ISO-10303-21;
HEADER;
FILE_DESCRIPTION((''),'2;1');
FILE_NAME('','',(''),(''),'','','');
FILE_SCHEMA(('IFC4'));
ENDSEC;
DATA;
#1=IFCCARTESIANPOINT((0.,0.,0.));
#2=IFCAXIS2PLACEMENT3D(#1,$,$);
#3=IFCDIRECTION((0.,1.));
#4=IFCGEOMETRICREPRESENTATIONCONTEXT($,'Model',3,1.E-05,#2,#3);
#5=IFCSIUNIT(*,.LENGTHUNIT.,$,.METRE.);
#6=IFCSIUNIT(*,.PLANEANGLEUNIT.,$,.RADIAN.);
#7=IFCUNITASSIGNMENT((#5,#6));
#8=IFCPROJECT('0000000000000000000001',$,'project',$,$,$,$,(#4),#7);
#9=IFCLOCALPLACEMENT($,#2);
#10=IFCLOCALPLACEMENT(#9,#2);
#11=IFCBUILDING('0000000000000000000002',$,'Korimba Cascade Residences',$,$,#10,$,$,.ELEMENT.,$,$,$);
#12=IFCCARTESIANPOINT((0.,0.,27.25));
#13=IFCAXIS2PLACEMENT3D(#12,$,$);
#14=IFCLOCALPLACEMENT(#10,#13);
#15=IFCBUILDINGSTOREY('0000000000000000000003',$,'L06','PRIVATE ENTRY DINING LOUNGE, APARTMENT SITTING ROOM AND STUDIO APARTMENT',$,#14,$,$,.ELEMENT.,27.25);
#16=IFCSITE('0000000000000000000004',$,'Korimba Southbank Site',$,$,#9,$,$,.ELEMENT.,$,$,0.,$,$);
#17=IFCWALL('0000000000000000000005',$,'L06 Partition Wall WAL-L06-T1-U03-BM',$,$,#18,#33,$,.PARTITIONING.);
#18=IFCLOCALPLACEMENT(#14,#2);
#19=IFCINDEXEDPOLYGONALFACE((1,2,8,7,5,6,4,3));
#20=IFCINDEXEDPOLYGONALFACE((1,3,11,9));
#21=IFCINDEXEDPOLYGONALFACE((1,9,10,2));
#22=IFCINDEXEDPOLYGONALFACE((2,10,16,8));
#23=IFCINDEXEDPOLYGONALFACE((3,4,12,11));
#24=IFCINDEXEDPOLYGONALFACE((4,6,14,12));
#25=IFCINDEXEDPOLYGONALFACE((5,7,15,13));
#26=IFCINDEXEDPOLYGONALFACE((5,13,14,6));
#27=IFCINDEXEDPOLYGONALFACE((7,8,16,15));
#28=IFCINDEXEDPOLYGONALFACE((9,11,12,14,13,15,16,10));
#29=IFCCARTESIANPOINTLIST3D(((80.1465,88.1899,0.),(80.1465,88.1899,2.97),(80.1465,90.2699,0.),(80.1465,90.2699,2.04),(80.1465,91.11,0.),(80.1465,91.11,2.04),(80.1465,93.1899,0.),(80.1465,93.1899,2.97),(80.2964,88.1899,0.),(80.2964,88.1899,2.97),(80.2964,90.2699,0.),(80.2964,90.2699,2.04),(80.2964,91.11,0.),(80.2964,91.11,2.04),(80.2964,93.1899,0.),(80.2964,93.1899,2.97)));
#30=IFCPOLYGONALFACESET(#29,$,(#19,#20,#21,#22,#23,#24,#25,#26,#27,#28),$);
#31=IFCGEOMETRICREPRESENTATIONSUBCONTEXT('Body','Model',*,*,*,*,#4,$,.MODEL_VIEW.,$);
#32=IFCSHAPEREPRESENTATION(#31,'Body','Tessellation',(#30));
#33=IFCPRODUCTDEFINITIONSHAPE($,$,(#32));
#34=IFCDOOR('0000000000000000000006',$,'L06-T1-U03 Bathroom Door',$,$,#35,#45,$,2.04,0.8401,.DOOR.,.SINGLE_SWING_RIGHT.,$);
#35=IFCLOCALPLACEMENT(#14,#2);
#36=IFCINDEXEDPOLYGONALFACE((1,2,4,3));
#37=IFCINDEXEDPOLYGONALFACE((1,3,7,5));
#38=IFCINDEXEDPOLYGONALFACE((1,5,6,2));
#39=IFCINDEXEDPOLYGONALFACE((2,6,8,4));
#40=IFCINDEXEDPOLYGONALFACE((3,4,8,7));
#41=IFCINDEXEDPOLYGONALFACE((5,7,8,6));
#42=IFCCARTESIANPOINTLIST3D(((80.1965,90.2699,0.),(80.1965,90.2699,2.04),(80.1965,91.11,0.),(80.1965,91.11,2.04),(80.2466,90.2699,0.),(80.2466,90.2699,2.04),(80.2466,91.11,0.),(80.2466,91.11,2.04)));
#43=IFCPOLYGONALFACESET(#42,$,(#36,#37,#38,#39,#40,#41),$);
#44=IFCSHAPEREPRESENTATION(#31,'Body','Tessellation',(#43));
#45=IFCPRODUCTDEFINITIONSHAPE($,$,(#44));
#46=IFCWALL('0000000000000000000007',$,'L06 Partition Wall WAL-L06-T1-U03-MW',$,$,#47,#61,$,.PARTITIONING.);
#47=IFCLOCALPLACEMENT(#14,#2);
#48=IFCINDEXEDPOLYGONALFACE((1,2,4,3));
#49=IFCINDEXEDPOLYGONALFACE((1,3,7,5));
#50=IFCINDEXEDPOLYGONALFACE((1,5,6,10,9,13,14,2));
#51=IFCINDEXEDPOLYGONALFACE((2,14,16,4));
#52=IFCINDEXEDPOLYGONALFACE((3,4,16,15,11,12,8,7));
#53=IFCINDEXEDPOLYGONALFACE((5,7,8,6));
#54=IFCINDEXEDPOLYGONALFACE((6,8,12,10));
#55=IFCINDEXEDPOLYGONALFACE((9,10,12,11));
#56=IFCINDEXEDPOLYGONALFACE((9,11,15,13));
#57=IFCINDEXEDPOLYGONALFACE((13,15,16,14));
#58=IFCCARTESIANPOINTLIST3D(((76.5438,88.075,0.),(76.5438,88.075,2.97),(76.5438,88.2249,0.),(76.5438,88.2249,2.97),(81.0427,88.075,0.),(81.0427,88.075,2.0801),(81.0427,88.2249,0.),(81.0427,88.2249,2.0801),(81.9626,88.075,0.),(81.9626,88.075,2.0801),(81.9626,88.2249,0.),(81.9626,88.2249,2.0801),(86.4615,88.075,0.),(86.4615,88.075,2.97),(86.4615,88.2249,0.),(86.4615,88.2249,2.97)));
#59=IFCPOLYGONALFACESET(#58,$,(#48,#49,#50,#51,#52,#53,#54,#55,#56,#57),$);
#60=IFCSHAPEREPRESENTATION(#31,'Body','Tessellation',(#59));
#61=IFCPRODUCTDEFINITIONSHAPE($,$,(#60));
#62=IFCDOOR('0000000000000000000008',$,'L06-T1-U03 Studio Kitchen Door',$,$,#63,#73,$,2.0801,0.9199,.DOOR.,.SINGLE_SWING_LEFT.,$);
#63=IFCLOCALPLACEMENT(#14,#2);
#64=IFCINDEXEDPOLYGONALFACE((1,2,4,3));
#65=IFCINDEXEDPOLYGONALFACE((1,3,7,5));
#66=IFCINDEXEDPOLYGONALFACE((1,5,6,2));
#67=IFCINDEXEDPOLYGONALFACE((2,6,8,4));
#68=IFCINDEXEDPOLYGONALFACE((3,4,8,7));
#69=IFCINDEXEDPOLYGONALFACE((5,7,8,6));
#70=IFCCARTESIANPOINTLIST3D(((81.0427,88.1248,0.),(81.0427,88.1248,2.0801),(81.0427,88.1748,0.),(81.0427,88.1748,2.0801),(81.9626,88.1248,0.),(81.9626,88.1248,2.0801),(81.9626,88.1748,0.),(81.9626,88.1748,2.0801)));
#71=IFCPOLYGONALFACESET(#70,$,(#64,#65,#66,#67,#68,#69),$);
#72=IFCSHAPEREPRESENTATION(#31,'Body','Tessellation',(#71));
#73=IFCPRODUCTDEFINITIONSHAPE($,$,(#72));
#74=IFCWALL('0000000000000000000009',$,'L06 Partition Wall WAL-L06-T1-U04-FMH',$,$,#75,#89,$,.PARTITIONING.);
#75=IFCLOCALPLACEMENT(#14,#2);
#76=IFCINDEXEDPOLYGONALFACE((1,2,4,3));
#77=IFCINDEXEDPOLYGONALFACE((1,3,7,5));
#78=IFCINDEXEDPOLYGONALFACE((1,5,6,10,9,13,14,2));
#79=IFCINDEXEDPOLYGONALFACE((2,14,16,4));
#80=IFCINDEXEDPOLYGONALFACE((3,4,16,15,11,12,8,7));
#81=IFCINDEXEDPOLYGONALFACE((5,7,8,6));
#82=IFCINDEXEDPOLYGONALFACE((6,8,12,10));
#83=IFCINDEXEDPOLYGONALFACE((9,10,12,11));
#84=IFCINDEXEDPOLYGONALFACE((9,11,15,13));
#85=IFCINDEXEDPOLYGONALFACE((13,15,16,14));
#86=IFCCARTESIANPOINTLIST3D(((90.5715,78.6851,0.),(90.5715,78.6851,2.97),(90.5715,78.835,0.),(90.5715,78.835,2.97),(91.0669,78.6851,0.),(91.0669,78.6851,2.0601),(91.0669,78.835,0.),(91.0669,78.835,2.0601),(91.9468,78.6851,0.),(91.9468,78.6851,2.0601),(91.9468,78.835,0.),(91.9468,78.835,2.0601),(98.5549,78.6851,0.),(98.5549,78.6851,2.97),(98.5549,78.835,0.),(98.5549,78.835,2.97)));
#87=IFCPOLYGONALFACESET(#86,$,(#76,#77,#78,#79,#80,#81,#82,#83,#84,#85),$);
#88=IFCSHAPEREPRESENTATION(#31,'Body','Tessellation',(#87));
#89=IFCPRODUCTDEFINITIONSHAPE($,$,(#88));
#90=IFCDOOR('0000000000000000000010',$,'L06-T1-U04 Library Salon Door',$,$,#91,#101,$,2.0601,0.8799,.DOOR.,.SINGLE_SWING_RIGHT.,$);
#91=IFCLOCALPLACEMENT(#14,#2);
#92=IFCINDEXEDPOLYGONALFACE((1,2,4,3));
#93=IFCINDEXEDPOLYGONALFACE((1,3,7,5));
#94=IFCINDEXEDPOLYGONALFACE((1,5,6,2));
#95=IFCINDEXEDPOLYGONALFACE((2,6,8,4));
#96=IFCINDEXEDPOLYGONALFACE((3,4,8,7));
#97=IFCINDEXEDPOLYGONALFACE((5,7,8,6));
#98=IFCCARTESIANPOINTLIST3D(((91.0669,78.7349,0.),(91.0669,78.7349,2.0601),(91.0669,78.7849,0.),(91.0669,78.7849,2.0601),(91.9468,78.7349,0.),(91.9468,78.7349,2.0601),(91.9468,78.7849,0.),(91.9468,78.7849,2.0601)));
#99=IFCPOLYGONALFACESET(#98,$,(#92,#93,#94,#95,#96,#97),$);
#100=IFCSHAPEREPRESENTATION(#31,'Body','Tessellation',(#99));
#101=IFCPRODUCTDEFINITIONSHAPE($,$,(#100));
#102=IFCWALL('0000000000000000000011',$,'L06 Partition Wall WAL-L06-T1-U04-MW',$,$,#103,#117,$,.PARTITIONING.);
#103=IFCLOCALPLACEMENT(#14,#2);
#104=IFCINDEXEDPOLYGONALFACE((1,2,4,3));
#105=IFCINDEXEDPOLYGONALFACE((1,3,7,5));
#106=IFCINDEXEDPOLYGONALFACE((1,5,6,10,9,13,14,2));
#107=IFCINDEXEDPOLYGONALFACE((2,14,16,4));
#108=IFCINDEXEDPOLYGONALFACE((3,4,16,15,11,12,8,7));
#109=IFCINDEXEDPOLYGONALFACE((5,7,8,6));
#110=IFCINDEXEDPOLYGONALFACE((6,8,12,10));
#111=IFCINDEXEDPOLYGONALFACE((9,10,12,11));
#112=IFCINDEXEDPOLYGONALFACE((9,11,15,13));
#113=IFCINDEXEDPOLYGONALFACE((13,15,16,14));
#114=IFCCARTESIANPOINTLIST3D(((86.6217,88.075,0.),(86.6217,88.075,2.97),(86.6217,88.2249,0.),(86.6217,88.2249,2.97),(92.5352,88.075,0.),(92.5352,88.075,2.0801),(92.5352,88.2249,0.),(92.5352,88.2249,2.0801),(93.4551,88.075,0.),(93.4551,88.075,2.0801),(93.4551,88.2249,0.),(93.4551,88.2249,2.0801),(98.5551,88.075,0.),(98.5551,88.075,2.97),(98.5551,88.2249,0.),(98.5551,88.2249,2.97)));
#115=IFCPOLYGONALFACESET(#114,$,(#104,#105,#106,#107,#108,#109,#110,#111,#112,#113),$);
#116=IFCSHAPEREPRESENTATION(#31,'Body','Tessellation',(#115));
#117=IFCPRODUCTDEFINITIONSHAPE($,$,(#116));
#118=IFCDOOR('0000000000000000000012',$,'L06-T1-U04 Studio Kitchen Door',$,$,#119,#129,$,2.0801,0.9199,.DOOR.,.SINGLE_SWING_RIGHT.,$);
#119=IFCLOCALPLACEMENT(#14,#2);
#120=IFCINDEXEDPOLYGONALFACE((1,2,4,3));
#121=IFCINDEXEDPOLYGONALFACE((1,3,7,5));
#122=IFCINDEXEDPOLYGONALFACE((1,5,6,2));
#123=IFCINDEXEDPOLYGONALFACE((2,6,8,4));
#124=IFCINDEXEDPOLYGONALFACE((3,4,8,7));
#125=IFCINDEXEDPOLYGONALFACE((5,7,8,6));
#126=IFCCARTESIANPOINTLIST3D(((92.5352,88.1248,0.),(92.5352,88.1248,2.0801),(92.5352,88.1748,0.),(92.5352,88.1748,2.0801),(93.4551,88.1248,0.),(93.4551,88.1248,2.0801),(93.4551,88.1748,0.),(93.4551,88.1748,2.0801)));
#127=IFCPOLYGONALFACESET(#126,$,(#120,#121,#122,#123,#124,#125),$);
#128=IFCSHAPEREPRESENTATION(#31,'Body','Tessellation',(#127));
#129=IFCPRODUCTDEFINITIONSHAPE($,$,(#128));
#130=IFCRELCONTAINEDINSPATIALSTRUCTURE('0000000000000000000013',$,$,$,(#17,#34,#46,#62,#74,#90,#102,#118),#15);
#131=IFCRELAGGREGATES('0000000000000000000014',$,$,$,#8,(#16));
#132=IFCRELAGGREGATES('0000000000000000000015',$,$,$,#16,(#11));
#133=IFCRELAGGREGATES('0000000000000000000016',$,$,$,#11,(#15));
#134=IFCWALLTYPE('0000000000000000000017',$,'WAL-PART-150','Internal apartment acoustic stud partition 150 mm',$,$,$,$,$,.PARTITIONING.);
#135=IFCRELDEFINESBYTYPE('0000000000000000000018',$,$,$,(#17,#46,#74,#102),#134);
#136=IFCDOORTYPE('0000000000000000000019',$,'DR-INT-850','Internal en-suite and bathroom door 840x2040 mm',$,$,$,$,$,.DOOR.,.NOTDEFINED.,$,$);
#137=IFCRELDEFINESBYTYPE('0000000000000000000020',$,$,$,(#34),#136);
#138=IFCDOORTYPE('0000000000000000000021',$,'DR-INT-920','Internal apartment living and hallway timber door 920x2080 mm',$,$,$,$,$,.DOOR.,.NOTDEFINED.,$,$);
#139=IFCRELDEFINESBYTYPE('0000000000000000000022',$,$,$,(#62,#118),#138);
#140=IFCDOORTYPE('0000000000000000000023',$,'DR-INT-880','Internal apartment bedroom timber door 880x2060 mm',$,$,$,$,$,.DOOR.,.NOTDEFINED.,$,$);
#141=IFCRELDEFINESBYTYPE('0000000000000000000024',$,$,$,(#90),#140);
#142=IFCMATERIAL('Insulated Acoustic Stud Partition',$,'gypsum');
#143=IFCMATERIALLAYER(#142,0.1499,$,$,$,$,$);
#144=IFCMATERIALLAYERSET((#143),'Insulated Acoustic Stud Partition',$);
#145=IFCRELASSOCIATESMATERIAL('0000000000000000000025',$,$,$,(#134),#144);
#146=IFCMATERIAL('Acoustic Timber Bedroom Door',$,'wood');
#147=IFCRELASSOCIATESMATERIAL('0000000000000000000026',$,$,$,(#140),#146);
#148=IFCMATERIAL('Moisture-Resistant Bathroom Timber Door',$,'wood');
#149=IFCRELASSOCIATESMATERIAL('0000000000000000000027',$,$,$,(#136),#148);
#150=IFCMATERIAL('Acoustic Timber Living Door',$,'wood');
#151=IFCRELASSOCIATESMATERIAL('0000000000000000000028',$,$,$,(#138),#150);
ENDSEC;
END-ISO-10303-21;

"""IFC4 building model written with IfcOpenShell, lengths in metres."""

from ifc_helpers import new_model, si_unit, direction, frame, frame_2d, origin, place, context, subcontext, project, spatial, rectangle, extrude, material, layer, layer_set, type_object, element, fill, save


model = new_model("IFC4")

# Units and contexts
model_context = context("Model", 3, precision=1e-05, world=origin(), true_north=direction((0.0, 1.0)))
body_context = subcontext(model_context, "Body", "Model", "MODEL_VIEW")
ifc_project = project(units=[si_unit("LENGTHUNIT", "METRE"), si_unit("PLANEANGLEUNIT", "RADIAN")], contexts=[model_context])

# Site, building, storey
site_placement = place(None, origin())
site = spatial("IfcSite", under=ifc_project, at=site_placement, Name="Korimba Southbank Site", CompositionType="ELEMENT", RefElevation=0.0)
building_placement = place(site_placement, origin())
building = spatial("IfcBuilding", under=site, at=building_placement, Name="Korimba Cascade Residences", CompositionType="ELEMENT")
storey_placement = place(building_placement, frame((0.0, 0.0, 27.25)))
storey = spatial("IfcBuildingStorey", under=building, at=storey_placement, Name="L06", Description="PRIVATE ENTRY DINING LOUNGE, APARTMENT SITTING ROOM AND STUDIO APARTMENT", CompositionType="ELEMENT", Elevation=27.25)

# Walls, openings, doors
ifc_material_1 = material(Name="Insulated Acoustic Stud Partition", Category="gypsum")
ifc_layer = layer(ifc_material_1, 0.1499)
ifc_layer_set = layer_set([ifc_layer], Name="Insulated Acoustic Stud Partition")
wall_type = type_object("IfcWallType", Name="WAL-PART-150", Description="Internal apartment acoustic stud partition 150 mm", PredefinedType="PARTITIONING", material=ifc_layer_set)
ifc_material_2 = material(Name="Acoustic Timber Bedroom Door", Category="wood")
door_type_1 = type_object("IfcDoorType", Name="DR-INT-880", Description="Internal apartment bedroom timber door 880x2060 mm", OperationType="NOTDEFINED", PredefinedType="DOOR", material=ifc_material_2)
ifc_material_3 = material(Name="Moisture-Resistant Bathroom Timber Door", Category="wood")
door_type_2 = type_object("IfcDoorType", Name="DR-INT-850", Description="Internal en-suite and bathroom door 840x2040 mm", OperationType="NOTDEFINED", PredefinedType="DOOR", material=ifc_material_3)
wall_1_placement = place(storey_placement, frame((80.2214, 88.1899, 0.0), z_axis=(0.0, 0.0, 1.0), x_axis=(0.0, 1.0, 0.0)))
wall_1 = element("IfcWall", 1, at=wall_1_placement, inside=storey, type_object=wall_type, Name="L06 Partition Wall WAL-L06-T1-U03-BM", PredefinedType="PARTITIONING", context=body_context, shape_type="SweptSolid", body=[
    extrude(rectangle(XDim=5.0, YDim=0.1499, at=frame_2d((2.5, 0.0))), origin(), (0.0, 0.0, 1.0), 2.97),
])
opening_1_placement = place(wall_1_placement, frame((2.0801, 0.0, 0.0)))
opening_1 = element("IfcOpeningElement", 2, at=opening_1_placement, cuts=wall_1, PredefinedType="OPENING", context=body_context, shape_type="SweptSolid", body=[
    extrude(rectangle(XDim=0.8401, YDim=2.04, at=frame_2d((0.4199, 1.02))), frame((0.0, 0.085, 0.0), z_axis=(0.0, -1.0, 0.0), x_axis=(1.0, 0.0, 0.0)), (0.0, 0.0, 1.0), 0.1699),
])
door_1_placement = place(opening_1_placement, origin())
door_1 = element("IfcDoor", 3, at=door_1_placement, inside=storey, type_object=door_type_2, Name="L06-T1-U03 Bathroom Door", OperationType="SINGLE_SWING_RIGHT", OverallHeight=2.04, OverallWidth=0.8401, PredefinedType="DOOR", context=body_context, shape_type="SweptSolid", body=[
    extrude(rectangle(XDim=0.8401, YDim=2.04, at=frame_2d((0.4199, 1.02))), frame((0.0, 0.0249, 0.0), z_axis=(0.0, -1.0, 0.0), x_axis=(1.0, 0.0, 0.0)), (0.0, 0.0, 1.0), 0.05),
])
fill(opening_1, door_1)
wall_2_placement = place(storey_placement, frame((76.5437, 88.1499, 0.0), z_axis=(0.0, 0.0, 1.0), x_axis=(1.0, 0.0, 0.0)))
wall_2 = element("IfcWall", 4, at=wall_2_placement, inside=storey, type_object=wall_type, Name="L06 Partition Wall WAL-L06-T1-U03-MW", PredefinedType="PARTITIONING", context=body_context, shape_type="SweptSolid", body=[
    extrude(rectangle(XDim=9.9177, YDim=0.1499, at=frame_2d((4.959, 0.0))), origin(), (0.0, 0.0, 1.0), 2.97),
])
opening_2_placement = place(wall_2_placement, frame((4.499, 0.0, 0.0)))
opening_2 = element("IfcOpeningElement", 5, at=opening_2_placement, cuts=wall_2, PredefinedType="OPENING", context=body_context, shape_type="SweptSolid", body=[
    extrude(rectangle(XDim=0.9199, YDim=2.0801, at=frame_2d((0.46, 1.04))), frame((0.0, 0.085, 0.0), z_axis=(0.0, -1.0, 0.0), x_axis=(1.0, 0.0, 0.0)), (0.0, 0.0, 1.0), 0.1699),
])
ifc_material_4 = material(Name="Acoustic Timber Living Door", Category="wood")
door_type_3 = type_object("IfcDoorType", Name="DR-INT-920", Description="Internal apartment living and hallway timber door 920x2080 mm", OperationType="NOTDEFINED", PredefinedType="DOOR", material=ifc_material_4)
door_2_placement = place(opening_2_placement, origin())
door_2 = element("IfcDoor", 6, at=door_2_placement, inside=storey, type_object=door_type_3, Name="L06-T1-U03 Studio Kitchen Door", OperationType="SINGLE_SWING_LEFT", OverallHeight=2.0801, OverallWidth=0.9199, PredefinedType="DOOR", context=body_context, shape_type="SweptSolid", body=[
    extrude(rectangle(XDim=0.9199, YDim=2.0801, at=frame_2d((0.46, 1.04))), frame((0.0, 0.0249, 0.0), z_axis=(0.0, -1.0, 0.0), x_axis=(1.0, 0.0, 0.0)), (0.0, 0.0, 1.0), 0.05),
])
fill(opening_2, door_2)
wall_3_placement = place(storey_placement, frame((90.5715, 78.76, 0.0), z_axis=(0.0, 0.0, 1.0), x_axis=(1.0, 0.0, 0.0)))
wall_3 = element("IfcWall", 7, at=wall_3_placement, inside=storey, type_object=wall_type, Name="L06 Partition Wall WAL-L06-T1-U04-FMH", PredefinedType="PARTITIONING", context=body_context, shape_type="SweptSolid", body=[
    extrude(rectangle(XDim=7.9834, YDim=0.1499, at=frame_2d((3.9917, 0.0))), origin(), (0.0, 0.0, 1.0), 2.97),
])
opening_3_placement = place(wall_3_placement, frame((0.4954, 0.0, 0.0)))
opening_3 = element("IfcOpeningElement", 8, at=opening_3_placement, cuts=wall_3, PredefinedType="OPENING", context=body_context, shape_type="SweptSolid", body=[
    extrude(rectangle(XDim=0.8799, YDim=2.0601, at=frame_2d((0.4399, 1.03))), frame((0.0, 0.085, 0.0), z_axis=(0.0, -1.0, 0.0), x_axis=(1.0, 0.0, 0.0)), (0.0, 0.0, 1.0), 0.1699),
])
door_3_placement = place(opening_3_placement, origin())
door_3 = element("IfcDoor", 9, at=door_3_placement, inside=storey, type_object=door_type_1, Name="L06-T1-U04 Library Salon Door", OperationType="SINGLE_SWING_RIGHT", OverallHeight=2.0601, OverallWidth=0.8799, PredefinedType="DOOR", context=body_context, shape_type="SweptSolid", body=[
    extrude(rectangle(XDim=0.8799, YDim=2.0601, at=frame_2d((0.4399, 1.03))), frame((0.0, 0.0249, 0.0), z_axis=(0.0, -1.0, 0.0), x_axis=(1.0, 0.0, 0.0)), (0.0, 0.0, 1.0), 0.05),
])
fill(opening_3, door_3)
wall_4_placement = place(storey_placement, frame((86.6216, 88.1499, 0.0), z_axis=(0.0, 0.0, 1.0), x_axis=(1.0, 0.0, 0.0)))
wall_4 = element("IfcWall", 10, at=wall_4_placement, inside=storey, type_object=wall_type, Name="L06 Partition Wall WAL-L06-T1-U04-MW", PredefinedType="PARTITIONING", context=body_context, shape_type="SweptSolid", body=[
    extrude(rectangle(XDim=11.9333, YDim=0.1499, at=frame_2d((5.9668, 0.0))), origin(), (0.0, 0.0, 1.0), 2.97),
])
opening_4_placement = place(wall_4_placement, frame((5.9136, 0.0, 0.0)))
opening_4 = element("IfcOpeningElement", 11, at=opening_4_placement, cuts=wall_4, PredefinedType="OPENING", context=body_context, shape_type="SweptSolid", body=[
    extrude(rectangle(XDim=0.9199, YDim=2.0801, at=frame_2d((0.46, 1.04))), frame((0.0, 0.085, 0.0), z_axis=(0.0, -1.0, 0.0), x_axis=(1.0, 0.0, 0.0)), (0.0, 0.0, 1.0), 0.1699),
])
door_4_placement = place(opening_4_placement, origin())
door_4 = element("IfcDoor", 12, at=door_4_placement, inside=storey, type_object=door_type_3, Name="L06-T1-U04 Studio Kitchen Door", OperationType="SINGLE_SWING_RIGHT", OverallHeight=2.0801, OverallWidth=0.9199, PredefinedType="DOOR", context=body_context, shape_type="SweptSolid", body=[
    extrude(rectangle(XDim=0.9199, YDim=2.0801, at=frame_2d((0.46, 1.04))), frame((0.0, 0.0249, 0.0), z_axis=(0.0, -1.0, 0.0), x_axis=(1.0, 0.0, 0.0)), (0.0, 0.0, 1.0), 0.05),
])
fill(opening_4, door_4)

save(model, "model.ifc")
